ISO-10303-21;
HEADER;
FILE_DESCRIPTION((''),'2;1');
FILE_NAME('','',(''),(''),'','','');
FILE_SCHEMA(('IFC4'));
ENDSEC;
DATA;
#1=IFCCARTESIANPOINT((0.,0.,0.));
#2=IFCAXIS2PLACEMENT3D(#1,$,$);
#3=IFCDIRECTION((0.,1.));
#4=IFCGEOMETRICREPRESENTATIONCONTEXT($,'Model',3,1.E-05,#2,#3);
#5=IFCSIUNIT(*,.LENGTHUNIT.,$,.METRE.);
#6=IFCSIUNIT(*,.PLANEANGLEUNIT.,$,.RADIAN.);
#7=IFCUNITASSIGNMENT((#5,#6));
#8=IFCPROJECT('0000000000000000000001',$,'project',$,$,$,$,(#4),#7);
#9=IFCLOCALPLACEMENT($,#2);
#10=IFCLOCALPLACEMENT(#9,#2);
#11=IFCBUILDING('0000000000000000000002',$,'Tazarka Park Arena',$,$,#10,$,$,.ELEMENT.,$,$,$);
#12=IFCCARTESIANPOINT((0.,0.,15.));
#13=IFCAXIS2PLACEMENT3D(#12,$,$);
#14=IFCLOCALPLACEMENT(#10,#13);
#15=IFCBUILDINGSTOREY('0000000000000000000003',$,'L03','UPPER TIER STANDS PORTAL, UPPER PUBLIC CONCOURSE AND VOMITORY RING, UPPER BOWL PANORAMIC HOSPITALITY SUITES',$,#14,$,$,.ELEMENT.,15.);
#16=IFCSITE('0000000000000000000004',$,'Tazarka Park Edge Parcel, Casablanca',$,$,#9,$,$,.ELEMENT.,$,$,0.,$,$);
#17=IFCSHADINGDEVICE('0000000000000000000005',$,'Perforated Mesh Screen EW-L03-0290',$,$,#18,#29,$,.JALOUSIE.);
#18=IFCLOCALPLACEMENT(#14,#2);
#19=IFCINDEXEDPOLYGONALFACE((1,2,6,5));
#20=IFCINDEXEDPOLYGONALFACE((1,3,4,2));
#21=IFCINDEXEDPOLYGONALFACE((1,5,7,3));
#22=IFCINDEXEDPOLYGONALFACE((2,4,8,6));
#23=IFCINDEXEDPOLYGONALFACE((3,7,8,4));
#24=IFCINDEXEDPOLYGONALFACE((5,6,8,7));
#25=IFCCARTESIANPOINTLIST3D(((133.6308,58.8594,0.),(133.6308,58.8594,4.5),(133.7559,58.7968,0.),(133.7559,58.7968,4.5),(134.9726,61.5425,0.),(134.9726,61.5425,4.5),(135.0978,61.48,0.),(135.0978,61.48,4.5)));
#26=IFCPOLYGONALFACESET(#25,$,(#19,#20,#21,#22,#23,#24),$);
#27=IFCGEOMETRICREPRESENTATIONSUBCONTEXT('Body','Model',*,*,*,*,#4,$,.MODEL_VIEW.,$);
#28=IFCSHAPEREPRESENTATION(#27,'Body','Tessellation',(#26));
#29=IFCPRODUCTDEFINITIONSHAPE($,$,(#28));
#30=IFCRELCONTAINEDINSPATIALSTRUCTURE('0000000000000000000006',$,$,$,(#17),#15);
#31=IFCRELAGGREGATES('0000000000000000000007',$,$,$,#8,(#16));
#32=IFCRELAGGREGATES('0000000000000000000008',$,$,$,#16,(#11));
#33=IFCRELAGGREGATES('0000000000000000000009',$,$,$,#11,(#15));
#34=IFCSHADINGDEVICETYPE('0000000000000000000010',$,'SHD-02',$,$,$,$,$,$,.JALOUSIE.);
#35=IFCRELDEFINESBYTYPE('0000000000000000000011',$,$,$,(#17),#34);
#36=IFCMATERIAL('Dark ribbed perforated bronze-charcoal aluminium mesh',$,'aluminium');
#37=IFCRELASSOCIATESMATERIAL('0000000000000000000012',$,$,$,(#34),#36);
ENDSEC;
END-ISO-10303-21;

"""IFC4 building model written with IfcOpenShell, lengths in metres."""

from ifc_helpers import new_model, si_unit, direction, frame, origin, origin_2d, place, context, subcontext, project, spatial, rectangle, extrude, material, type_object, element, save


model = new_model("IFC4")

# Units and contexts
model_context = context("Model", 3, precision=1e-05, world=origin(), true_north=direction((0.0, 1.0)))
body_context = subcontext(model_context, "Body", "Model", "MODEL_VIEW")
ifc_project = project(units=[si_unit("LENGTHUNIT", "METRE"), si_unit("PLANEANGLEUNIT", "RADIAN")], contexts=[model_context])

# Site, building, storey
site_placement = place(None, origin())
site = spatial("IfcSite", under=ifc_project, at=site_placement, Name="Tazarka Park Edge Parcel, Casablanca", CompositionType="ELEMENT", RefElevation=0.0)
building_placement = place(site_placement, origin())
building = spatial("IfcBuilding", under=site, at=building_placement, Name="Tazarka Park Arena", CompositionType="ELEMENT")
storey_placement = place(building_placement, frame((0.0, 0.0, 15.0)))
storey = spatial("IfcBuildingStorey", under=building, at=storey_placement, Name="L03", Description="UPPER TIER STANDS PORTAL, UPPER PUBLIC CONCOURSE AND VOMITORY RING, UPPER BOWL PANORAMIC HOSPITALITY SUITES", CompositionType="ELEMENT", Elevation=15.0)

# Shading device
ifc_material_1 = material(Name="Dark ribbed perforated bronze-charcoal aluminium mesh", Category="aluminium")
shading_device_type = type_object("IfcShadingDeviceType", Name="SHD-02", PredefinedType="JALOUSIE", material=ifc_material_1)
shading_device_placement = place(storey_placement, frame((134.3643, 60.1697, 0.0), z_axis=(0.0, 0.0, 1.0), x_axis=(-0.447291, -0.894389, 0.0)))
element("IfcShadingDevice", 1, at=shading_device_placement, inside=storey, type_object=shading_device_type, Name="Perforated Mesh Screen EW-L03-0290", PredefinedType="JALOUSIE", context=body_context, shape_type="SweptSolid", body=[
    extrude(rectangle(XDim=3.0, YDim=0.1399, at=origin_2d()), origin(), (0.0, 0.0, 1.0), 4.5),
])

save(model, "model.ifc")
